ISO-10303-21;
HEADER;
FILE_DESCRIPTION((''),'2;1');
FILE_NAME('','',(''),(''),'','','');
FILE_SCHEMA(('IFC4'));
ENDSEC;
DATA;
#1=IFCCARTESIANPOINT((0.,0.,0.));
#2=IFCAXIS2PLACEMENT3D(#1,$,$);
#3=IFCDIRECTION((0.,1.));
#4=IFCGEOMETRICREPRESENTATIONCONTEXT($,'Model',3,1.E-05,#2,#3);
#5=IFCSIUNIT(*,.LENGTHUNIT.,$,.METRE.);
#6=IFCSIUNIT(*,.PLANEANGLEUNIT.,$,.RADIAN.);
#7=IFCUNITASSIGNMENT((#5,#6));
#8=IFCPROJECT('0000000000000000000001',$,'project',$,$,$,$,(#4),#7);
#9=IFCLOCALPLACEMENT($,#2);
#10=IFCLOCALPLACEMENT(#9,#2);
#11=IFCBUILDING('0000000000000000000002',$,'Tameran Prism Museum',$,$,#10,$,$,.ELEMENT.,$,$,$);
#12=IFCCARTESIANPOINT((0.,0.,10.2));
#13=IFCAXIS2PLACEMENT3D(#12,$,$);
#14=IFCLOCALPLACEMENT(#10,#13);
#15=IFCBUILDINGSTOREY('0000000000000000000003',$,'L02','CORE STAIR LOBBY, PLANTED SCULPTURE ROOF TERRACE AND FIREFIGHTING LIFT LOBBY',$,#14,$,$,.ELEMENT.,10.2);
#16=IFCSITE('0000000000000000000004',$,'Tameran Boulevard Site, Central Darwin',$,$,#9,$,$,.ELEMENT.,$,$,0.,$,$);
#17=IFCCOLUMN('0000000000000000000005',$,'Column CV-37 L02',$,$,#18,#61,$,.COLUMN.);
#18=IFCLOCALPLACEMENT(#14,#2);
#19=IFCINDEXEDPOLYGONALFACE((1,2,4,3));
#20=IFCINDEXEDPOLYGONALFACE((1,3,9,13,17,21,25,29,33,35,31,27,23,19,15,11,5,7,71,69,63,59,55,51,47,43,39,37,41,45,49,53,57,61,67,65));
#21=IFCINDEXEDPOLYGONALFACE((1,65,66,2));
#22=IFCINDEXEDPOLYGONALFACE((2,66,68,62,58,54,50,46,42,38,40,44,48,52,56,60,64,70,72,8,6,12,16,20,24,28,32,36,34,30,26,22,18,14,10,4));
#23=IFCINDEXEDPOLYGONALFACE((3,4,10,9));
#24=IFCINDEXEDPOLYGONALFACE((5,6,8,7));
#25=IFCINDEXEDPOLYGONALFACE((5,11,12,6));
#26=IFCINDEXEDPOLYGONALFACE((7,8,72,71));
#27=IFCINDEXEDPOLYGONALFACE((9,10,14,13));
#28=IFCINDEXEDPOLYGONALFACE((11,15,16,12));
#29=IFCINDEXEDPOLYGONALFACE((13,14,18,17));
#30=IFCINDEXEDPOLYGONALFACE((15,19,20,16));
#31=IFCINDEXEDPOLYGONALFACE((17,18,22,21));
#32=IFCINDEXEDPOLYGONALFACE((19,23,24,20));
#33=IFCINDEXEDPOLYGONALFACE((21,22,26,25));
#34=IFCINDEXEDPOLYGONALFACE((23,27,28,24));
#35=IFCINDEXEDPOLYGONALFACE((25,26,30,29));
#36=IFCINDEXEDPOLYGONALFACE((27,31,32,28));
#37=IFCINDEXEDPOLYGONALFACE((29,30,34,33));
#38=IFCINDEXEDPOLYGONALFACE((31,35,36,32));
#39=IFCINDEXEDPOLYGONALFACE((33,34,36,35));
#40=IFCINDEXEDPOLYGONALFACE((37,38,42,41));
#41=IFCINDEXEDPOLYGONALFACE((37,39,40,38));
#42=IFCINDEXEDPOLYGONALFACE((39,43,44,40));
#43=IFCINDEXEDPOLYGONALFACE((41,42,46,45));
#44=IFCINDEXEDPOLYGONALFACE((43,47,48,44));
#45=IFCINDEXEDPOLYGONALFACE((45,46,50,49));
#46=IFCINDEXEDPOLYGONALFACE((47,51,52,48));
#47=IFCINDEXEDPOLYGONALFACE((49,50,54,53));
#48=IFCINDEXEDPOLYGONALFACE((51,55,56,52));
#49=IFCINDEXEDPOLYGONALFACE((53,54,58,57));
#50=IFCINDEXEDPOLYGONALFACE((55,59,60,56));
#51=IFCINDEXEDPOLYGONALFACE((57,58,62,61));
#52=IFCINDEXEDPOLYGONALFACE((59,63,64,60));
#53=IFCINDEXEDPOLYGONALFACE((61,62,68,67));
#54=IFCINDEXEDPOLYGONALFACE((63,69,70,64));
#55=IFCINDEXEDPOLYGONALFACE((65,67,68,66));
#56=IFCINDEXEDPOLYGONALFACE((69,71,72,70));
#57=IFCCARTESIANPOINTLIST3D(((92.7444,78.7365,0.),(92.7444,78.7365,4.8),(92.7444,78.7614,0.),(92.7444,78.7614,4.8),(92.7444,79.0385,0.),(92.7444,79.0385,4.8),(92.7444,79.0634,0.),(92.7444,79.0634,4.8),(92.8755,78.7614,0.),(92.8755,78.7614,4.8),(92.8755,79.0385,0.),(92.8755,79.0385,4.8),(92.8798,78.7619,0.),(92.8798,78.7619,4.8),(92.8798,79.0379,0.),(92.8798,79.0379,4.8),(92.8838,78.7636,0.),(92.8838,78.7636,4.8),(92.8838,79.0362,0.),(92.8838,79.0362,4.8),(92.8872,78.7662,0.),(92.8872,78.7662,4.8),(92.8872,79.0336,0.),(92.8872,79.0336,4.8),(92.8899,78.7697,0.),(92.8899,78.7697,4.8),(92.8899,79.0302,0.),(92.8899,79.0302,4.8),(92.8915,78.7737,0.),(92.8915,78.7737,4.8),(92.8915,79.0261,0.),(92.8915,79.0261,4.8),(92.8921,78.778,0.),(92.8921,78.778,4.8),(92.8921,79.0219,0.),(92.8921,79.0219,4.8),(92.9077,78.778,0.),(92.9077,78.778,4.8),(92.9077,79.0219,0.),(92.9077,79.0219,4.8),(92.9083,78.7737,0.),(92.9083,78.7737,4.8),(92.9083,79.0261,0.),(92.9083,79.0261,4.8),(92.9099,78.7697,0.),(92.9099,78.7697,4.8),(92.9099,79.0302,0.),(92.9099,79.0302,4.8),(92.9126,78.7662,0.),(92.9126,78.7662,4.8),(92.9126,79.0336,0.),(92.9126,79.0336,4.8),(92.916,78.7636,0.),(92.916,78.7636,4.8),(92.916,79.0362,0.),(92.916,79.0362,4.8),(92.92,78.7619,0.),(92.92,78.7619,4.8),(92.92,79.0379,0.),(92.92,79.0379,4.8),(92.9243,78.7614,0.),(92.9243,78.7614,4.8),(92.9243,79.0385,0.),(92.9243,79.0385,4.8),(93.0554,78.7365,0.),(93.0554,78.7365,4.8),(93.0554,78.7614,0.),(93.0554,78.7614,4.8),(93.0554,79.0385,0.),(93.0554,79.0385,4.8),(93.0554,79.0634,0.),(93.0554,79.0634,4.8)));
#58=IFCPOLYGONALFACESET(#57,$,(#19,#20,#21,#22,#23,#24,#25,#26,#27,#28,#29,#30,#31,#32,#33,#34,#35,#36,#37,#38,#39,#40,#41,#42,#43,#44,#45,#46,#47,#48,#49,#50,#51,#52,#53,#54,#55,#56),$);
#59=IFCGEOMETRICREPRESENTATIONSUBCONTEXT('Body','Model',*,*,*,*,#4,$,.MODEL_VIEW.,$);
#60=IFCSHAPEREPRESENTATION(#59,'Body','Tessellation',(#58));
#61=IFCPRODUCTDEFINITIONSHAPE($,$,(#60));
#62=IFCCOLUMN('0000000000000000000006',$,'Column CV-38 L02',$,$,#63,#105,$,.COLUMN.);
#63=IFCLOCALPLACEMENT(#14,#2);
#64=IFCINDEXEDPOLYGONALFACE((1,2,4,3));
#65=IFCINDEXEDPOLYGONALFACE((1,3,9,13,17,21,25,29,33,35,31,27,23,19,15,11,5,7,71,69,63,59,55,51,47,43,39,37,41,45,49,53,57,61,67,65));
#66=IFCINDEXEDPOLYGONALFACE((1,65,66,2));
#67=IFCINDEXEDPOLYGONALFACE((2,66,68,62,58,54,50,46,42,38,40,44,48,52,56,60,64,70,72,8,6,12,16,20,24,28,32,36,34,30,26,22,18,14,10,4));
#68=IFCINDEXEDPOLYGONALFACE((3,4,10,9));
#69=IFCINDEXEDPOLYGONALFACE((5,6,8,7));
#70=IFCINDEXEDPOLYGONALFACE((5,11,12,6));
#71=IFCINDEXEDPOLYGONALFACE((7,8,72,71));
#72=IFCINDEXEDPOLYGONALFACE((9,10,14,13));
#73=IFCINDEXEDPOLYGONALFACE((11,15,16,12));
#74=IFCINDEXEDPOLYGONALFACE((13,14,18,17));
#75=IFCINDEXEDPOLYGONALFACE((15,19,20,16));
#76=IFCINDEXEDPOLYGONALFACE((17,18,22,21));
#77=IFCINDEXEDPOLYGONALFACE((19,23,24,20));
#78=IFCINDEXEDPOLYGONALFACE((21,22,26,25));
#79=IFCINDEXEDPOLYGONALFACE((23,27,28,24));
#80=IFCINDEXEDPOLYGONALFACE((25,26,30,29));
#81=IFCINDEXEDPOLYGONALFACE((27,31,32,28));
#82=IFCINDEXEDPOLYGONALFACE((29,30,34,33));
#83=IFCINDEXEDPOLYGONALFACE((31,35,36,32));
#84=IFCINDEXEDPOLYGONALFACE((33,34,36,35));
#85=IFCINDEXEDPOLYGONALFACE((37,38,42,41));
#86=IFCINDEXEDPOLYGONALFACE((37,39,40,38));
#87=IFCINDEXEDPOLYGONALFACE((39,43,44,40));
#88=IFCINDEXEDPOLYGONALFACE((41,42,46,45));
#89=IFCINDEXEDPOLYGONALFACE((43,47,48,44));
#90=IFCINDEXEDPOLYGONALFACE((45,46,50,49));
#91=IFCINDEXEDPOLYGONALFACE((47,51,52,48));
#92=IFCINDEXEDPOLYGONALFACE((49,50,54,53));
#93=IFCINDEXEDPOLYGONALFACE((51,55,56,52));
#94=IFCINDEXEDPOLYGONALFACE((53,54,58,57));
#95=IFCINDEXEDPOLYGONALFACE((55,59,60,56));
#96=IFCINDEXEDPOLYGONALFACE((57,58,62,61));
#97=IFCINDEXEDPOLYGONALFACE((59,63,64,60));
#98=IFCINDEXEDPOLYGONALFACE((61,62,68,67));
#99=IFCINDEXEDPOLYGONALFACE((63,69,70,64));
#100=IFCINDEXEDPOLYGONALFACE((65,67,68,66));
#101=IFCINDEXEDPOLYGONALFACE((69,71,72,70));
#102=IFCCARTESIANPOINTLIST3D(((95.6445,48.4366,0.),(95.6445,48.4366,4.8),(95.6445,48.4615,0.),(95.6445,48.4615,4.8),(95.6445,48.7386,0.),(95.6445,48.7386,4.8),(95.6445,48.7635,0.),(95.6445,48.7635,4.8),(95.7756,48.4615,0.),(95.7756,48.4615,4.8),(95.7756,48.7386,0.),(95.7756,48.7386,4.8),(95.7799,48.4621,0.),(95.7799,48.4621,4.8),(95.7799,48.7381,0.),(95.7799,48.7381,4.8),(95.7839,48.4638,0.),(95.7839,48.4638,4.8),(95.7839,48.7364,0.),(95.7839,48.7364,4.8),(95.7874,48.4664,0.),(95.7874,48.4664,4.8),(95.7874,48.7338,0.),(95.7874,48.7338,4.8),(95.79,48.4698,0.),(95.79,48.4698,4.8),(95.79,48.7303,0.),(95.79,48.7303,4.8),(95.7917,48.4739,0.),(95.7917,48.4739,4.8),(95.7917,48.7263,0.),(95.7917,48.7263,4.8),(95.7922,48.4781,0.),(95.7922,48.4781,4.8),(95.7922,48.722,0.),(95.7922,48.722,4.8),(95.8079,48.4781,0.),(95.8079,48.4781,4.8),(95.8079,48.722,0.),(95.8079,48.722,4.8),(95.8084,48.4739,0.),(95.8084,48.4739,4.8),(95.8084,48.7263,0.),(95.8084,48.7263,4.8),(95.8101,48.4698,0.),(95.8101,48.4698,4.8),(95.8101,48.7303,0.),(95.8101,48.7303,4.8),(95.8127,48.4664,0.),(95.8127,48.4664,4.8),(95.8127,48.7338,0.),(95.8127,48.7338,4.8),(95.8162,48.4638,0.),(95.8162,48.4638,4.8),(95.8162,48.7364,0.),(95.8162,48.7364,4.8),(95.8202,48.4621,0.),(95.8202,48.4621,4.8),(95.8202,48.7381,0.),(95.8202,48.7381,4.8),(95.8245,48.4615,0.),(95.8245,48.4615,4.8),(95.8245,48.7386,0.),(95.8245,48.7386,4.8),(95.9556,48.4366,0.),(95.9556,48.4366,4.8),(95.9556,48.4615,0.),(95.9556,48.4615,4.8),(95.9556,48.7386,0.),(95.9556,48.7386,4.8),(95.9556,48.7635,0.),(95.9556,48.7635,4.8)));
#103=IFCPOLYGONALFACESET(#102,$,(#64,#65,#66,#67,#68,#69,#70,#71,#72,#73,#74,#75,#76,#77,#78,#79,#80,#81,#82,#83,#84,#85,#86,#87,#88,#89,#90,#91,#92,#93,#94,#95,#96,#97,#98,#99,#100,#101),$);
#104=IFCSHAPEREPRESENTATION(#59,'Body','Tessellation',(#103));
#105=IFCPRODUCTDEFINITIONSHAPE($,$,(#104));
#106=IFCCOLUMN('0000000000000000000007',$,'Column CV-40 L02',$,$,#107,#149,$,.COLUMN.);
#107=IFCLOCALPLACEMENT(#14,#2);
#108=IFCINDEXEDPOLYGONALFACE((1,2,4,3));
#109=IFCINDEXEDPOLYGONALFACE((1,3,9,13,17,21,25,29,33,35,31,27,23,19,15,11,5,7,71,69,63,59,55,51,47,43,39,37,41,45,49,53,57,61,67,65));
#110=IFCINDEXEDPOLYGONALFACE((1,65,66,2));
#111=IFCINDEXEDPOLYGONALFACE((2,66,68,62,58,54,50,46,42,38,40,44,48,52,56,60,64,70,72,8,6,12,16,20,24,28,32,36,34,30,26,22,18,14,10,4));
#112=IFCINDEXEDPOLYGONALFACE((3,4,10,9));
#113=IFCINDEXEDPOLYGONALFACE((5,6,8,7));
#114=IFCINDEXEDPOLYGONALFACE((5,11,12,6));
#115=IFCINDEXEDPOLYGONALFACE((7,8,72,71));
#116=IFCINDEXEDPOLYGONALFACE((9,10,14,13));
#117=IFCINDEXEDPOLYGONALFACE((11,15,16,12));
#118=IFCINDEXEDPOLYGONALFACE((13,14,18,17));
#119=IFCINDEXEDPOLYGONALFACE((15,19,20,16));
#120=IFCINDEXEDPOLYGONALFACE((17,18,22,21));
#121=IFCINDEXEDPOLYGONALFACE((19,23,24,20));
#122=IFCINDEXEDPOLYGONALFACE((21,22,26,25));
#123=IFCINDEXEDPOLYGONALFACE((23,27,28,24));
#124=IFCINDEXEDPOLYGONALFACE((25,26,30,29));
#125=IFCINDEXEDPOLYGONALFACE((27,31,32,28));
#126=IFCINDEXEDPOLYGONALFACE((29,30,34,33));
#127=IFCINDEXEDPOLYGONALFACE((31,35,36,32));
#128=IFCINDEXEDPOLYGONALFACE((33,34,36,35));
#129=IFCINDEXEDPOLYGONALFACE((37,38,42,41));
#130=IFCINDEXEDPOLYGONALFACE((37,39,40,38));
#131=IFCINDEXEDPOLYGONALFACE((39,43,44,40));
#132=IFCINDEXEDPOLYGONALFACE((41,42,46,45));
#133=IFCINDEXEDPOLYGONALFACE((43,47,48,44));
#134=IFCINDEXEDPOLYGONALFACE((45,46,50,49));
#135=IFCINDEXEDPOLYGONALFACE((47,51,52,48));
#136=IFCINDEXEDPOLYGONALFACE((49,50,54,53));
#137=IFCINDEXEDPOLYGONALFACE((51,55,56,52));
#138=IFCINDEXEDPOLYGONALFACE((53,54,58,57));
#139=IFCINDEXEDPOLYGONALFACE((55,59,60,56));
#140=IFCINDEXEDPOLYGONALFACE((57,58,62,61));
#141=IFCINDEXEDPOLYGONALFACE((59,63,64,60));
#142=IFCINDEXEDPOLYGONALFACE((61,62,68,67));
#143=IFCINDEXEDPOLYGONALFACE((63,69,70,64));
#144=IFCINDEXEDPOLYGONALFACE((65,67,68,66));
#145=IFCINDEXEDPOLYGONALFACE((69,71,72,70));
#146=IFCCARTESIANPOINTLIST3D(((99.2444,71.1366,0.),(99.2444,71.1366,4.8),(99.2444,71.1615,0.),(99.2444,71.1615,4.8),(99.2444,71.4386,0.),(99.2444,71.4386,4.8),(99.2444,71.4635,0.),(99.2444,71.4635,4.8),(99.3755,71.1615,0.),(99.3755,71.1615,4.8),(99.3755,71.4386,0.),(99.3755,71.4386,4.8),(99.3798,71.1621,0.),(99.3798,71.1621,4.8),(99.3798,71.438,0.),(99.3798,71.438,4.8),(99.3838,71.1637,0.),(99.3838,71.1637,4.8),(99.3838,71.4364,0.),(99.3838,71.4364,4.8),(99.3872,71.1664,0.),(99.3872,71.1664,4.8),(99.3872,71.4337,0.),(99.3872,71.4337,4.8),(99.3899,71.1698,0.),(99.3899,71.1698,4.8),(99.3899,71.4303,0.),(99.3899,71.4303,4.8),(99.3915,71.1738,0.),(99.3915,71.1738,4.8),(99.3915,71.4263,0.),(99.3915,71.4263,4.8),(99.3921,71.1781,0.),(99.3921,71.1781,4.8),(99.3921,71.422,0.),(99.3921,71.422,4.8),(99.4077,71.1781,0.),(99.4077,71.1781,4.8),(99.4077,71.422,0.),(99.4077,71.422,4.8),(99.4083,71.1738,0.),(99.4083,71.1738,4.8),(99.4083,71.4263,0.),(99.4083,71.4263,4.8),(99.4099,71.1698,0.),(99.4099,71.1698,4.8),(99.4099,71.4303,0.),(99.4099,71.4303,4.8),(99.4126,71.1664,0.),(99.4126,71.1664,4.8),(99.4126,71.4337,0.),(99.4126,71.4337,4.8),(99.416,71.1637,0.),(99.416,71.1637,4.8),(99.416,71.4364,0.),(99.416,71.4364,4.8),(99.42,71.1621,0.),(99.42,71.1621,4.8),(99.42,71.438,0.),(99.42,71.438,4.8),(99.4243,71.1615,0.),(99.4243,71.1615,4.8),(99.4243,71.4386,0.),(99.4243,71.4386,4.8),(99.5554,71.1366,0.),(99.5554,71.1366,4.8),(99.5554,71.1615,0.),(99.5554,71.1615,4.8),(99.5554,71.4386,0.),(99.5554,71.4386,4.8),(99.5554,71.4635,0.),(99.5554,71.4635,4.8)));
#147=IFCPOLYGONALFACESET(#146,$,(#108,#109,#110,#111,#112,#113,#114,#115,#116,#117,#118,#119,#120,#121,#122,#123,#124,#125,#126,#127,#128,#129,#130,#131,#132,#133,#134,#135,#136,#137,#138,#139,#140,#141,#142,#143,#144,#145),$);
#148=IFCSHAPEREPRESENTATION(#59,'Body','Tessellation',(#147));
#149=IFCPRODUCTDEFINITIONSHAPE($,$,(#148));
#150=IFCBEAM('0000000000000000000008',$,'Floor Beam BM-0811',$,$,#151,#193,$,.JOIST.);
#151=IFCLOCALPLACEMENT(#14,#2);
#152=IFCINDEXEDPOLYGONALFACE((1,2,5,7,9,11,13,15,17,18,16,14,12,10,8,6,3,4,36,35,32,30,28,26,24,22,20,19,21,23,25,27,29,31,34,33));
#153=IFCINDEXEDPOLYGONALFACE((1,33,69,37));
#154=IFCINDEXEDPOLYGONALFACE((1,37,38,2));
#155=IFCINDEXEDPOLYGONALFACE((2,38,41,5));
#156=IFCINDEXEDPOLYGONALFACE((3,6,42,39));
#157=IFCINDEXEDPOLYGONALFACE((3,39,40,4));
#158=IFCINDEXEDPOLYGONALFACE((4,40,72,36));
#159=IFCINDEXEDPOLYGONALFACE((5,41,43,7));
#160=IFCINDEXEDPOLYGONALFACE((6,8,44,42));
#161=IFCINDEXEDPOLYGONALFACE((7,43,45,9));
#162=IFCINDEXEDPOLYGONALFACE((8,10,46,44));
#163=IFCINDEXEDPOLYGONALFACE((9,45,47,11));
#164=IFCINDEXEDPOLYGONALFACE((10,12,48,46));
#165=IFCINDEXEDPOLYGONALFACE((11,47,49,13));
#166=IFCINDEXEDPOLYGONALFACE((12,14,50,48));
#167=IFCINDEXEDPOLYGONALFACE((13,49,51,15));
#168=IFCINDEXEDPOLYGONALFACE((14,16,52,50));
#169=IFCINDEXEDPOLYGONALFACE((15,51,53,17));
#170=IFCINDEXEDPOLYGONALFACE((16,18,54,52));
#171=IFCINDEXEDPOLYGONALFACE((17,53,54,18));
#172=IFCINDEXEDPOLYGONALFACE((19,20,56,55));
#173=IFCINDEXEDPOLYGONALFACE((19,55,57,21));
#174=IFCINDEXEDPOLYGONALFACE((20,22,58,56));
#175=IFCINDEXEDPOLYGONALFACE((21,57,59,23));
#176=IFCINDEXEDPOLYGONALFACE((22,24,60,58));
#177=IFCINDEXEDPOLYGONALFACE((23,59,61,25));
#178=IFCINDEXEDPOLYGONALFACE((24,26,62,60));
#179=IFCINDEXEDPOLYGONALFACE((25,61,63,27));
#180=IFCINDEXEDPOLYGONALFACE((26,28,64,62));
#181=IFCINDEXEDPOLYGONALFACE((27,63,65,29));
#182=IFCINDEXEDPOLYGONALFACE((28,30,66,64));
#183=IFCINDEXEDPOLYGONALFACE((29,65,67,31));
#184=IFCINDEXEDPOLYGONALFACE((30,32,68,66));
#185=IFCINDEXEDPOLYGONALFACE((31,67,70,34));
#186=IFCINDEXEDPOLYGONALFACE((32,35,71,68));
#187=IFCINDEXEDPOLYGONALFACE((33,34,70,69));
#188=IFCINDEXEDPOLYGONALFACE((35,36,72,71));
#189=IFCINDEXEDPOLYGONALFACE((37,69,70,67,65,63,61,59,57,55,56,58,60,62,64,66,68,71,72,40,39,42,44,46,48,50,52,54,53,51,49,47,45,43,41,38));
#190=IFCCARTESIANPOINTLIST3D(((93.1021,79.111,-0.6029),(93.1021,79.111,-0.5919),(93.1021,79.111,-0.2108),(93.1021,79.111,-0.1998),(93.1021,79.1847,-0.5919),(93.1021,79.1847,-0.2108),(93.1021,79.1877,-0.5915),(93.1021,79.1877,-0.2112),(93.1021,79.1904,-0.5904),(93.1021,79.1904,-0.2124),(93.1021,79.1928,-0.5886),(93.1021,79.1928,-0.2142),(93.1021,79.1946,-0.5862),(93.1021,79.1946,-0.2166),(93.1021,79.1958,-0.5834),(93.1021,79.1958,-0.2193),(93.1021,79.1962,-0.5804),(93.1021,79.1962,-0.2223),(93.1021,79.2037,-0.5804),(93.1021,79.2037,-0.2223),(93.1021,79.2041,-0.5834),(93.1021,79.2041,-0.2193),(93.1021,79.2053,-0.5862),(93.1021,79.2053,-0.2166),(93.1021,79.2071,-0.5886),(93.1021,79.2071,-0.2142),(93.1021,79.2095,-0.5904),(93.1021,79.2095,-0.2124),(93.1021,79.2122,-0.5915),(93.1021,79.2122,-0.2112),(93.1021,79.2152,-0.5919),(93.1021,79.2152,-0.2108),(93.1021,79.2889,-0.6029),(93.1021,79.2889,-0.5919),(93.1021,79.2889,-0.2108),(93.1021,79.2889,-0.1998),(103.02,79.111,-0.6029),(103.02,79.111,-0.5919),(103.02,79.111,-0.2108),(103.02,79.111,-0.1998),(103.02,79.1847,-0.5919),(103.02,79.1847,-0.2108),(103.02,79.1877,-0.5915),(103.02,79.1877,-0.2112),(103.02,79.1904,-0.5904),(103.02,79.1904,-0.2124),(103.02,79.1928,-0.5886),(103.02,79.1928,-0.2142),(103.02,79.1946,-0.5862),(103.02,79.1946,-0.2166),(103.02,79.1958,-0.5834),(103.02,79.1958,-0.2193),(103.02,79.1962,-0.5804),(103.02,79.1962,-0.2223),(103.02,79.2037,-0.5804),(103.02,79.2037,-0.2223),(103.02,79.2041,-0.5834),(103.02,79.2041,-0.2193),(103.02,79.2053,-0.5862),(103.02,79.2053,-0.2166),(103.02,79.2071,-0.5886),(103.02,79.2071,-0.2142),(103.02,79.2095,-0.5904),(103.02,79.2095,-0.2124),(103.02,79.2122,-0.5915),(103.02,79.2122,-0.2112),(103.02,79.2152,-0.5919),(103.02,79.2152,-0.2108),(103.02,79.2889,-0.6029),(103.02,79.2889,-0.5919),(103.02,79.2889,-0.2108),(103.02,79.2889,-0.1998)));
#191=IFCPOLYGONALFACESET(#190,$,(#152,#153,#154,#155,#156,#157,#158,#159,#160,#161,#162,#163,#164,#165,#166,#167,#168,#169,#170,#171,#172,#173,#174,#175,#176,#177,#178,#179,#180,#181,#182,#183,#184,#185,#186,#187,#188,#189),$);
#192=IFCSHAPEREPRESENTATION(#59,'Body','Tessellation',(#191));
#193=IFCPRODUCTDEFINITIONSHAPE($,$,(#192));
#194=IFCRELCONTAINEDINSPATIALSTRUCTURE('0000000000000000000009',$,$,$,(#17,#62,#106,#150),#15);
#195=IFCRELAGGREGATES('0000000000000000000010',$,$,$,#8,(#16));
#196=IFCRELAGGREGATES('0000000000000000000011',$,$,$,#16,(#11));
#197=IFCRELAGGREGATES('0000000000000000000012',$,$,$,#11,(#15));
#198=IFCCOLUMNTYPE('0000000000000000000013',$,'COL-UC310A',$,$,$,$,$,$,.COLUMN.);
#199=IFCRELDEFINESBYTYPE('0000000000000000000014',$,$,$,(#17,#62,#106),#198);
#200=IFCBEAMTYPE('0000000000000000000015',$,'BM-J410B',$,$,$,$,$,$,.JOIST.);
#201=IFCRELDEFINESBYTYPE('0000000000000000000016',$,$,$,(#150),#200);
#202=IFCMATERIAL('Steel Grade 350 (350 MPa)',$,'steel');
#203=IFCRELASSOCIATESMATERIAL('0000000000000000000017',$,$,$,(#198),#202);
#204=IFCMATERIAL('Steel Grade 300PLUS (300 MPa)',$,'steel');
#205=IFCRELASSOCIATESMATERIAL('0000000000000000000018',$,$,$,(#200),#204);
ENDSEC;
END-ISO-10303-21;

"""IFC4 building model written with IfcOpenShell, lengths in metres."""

from ifc_helpers import new_model, si_unit, direction, frame, origin, origin_2d, place, context, subcontext, project, spatial, i_section, extrude, material, material_profile, profile_set, type_object, element, save


model = new_model("IFC4")

# Units and contexts
model_context = context("Model", 3, precision=1e-05, world=origin(), true_north=direction((0.0, 1.0)))
body_context = subcontext(model_context, "Body", "Model", "MODEL_VIEW")
ifc_project = project(units=[si_unit("LENGTHUNIT", "METRE"), si_unit("PLANEANGLEUNIT", "RADIAN")], contexts=[model_context])

# Site, building, storey
site_placement = place(None, origin())
site = spatial("IfcSite", under=ifc_project, at=site_placement, Name="Tameran Boulevard Site, Central Darwin", CompositionType="ELEMENT", RefElevation=0.0)
building_placement = place(site_placement, origin())
building = spatial("IfcBuilding", under=site, at=building_placement, Name="Tameran Prism Museum", CompositionType="ELEMENT")
storey_placement = place(building_placement, frame((0.0, 0.0, 10.2)))
storey = spatial("IfcBuildingStorey", under=building, at=storey_placement, Name="L02", Description="CORE STAIR LOBBY, PLANTED SCULPTURE ROOF TERRACE AND FIREFIGHTING LIFT LOBBY", CompositionType="ELEMENT", Elevation=10.2)

# Columns
ifc_material_1 = material(Name="Steel Grade 350 (350 MPa)", Category="steel")
ifc_material_profile_1 = material_profile(ifc_material_1, i_section(OverallWidth=0.311, OverallDepth=0.3269, WebThickness=0.0156, FlangeThickness=0.0249, FilletRadius=0.0166, at=origin_2d()))
ifc_profile_set_1 = profile_set([ifc_material_profile_1])
column_type = type_object("IfcColumnType", Name="COL-UC310A", PredefinedType="COLUMN", material=ifc_profile_set_1)
for number, where, z_axis, x_axis, name in (
    (1, (92.8999, 78.8999, 0.0), (0.0, 0.0, 1.0), (1.0, 0.0, 0.0), "Column CV-37 L02"),
    (2, (95.8, 48.6001, 0.0), (0.0, 0.0, 1.0), (1.0, 0.0, 0.0), "Column CV-38 L02"),
    (3, (99.3999, 71.3, 0.0), (0.0, 0.0, 1.0), (1.0, 0.0, 0.0), "Column CV-40 L02"),
):
    element("IfcColumn", number, at=place(storey_placement, frame(where, z_axis=z_axis, x_axis=x_axis)), inside=storey, type_object=column_type, Name=name, PredefinedType="COLUMN", context=body_context, shape_type="SweptSolid", body=[
        extrude(i_section(OverallWidth=0.311, OverallDepth=0.3269, WebThickness=0.0156, FlangeThickness=0.0249, FilletRadius=0.0166, at=origin_2d()), origin(), (0.0, 0.0, 1.0), 4.8),
    ])

# Beam
ifc_material_2 = material(Name="Steel Grade 300PLUS (300 MPa)", Category="steel")
ifc_material_profile_2 = material_profile(ifc_material_2, i_section(OverallWidth=0.178, OverallDepth=0.4031, WebThickness=0.0076, FlangeThickness=0.011, FilletRadius=0.0115, at=origin_2d()))
ifc_profile_set_2 = profile_set([ifc_material_profile_2])
beam_type_1 = type_object("IfcBeamType", Name="BM-J410B", PredefinedType="JOIST", material=ifc_profile_set_2)
beam_1_placement = place(storey_placement, frame((93.1021, 79.2, -0.4014), z_axis=(1.0, 0.0, 0.0), x_axis=(0.0, 1.0, 0.0)))
element("IfcBeam", 4, at=beam_1_placement, inside=storey, type_object=beam_type_1, Name="Floor Beam BM-0811", PredefinedType="JOIST", context=body_context, shape_type="SweptSolid", body=[
    extrude(i_section(OverallWidth=0.178, OverallDepth=0.4031, WebThickness=0.0076, FlangeThickness=0.011, FilletRadius=0.0115, at=origin_2d()), origin(), (0.0, 0.0, 1.0), 9.918),
])

save(model, "model.ifc")
